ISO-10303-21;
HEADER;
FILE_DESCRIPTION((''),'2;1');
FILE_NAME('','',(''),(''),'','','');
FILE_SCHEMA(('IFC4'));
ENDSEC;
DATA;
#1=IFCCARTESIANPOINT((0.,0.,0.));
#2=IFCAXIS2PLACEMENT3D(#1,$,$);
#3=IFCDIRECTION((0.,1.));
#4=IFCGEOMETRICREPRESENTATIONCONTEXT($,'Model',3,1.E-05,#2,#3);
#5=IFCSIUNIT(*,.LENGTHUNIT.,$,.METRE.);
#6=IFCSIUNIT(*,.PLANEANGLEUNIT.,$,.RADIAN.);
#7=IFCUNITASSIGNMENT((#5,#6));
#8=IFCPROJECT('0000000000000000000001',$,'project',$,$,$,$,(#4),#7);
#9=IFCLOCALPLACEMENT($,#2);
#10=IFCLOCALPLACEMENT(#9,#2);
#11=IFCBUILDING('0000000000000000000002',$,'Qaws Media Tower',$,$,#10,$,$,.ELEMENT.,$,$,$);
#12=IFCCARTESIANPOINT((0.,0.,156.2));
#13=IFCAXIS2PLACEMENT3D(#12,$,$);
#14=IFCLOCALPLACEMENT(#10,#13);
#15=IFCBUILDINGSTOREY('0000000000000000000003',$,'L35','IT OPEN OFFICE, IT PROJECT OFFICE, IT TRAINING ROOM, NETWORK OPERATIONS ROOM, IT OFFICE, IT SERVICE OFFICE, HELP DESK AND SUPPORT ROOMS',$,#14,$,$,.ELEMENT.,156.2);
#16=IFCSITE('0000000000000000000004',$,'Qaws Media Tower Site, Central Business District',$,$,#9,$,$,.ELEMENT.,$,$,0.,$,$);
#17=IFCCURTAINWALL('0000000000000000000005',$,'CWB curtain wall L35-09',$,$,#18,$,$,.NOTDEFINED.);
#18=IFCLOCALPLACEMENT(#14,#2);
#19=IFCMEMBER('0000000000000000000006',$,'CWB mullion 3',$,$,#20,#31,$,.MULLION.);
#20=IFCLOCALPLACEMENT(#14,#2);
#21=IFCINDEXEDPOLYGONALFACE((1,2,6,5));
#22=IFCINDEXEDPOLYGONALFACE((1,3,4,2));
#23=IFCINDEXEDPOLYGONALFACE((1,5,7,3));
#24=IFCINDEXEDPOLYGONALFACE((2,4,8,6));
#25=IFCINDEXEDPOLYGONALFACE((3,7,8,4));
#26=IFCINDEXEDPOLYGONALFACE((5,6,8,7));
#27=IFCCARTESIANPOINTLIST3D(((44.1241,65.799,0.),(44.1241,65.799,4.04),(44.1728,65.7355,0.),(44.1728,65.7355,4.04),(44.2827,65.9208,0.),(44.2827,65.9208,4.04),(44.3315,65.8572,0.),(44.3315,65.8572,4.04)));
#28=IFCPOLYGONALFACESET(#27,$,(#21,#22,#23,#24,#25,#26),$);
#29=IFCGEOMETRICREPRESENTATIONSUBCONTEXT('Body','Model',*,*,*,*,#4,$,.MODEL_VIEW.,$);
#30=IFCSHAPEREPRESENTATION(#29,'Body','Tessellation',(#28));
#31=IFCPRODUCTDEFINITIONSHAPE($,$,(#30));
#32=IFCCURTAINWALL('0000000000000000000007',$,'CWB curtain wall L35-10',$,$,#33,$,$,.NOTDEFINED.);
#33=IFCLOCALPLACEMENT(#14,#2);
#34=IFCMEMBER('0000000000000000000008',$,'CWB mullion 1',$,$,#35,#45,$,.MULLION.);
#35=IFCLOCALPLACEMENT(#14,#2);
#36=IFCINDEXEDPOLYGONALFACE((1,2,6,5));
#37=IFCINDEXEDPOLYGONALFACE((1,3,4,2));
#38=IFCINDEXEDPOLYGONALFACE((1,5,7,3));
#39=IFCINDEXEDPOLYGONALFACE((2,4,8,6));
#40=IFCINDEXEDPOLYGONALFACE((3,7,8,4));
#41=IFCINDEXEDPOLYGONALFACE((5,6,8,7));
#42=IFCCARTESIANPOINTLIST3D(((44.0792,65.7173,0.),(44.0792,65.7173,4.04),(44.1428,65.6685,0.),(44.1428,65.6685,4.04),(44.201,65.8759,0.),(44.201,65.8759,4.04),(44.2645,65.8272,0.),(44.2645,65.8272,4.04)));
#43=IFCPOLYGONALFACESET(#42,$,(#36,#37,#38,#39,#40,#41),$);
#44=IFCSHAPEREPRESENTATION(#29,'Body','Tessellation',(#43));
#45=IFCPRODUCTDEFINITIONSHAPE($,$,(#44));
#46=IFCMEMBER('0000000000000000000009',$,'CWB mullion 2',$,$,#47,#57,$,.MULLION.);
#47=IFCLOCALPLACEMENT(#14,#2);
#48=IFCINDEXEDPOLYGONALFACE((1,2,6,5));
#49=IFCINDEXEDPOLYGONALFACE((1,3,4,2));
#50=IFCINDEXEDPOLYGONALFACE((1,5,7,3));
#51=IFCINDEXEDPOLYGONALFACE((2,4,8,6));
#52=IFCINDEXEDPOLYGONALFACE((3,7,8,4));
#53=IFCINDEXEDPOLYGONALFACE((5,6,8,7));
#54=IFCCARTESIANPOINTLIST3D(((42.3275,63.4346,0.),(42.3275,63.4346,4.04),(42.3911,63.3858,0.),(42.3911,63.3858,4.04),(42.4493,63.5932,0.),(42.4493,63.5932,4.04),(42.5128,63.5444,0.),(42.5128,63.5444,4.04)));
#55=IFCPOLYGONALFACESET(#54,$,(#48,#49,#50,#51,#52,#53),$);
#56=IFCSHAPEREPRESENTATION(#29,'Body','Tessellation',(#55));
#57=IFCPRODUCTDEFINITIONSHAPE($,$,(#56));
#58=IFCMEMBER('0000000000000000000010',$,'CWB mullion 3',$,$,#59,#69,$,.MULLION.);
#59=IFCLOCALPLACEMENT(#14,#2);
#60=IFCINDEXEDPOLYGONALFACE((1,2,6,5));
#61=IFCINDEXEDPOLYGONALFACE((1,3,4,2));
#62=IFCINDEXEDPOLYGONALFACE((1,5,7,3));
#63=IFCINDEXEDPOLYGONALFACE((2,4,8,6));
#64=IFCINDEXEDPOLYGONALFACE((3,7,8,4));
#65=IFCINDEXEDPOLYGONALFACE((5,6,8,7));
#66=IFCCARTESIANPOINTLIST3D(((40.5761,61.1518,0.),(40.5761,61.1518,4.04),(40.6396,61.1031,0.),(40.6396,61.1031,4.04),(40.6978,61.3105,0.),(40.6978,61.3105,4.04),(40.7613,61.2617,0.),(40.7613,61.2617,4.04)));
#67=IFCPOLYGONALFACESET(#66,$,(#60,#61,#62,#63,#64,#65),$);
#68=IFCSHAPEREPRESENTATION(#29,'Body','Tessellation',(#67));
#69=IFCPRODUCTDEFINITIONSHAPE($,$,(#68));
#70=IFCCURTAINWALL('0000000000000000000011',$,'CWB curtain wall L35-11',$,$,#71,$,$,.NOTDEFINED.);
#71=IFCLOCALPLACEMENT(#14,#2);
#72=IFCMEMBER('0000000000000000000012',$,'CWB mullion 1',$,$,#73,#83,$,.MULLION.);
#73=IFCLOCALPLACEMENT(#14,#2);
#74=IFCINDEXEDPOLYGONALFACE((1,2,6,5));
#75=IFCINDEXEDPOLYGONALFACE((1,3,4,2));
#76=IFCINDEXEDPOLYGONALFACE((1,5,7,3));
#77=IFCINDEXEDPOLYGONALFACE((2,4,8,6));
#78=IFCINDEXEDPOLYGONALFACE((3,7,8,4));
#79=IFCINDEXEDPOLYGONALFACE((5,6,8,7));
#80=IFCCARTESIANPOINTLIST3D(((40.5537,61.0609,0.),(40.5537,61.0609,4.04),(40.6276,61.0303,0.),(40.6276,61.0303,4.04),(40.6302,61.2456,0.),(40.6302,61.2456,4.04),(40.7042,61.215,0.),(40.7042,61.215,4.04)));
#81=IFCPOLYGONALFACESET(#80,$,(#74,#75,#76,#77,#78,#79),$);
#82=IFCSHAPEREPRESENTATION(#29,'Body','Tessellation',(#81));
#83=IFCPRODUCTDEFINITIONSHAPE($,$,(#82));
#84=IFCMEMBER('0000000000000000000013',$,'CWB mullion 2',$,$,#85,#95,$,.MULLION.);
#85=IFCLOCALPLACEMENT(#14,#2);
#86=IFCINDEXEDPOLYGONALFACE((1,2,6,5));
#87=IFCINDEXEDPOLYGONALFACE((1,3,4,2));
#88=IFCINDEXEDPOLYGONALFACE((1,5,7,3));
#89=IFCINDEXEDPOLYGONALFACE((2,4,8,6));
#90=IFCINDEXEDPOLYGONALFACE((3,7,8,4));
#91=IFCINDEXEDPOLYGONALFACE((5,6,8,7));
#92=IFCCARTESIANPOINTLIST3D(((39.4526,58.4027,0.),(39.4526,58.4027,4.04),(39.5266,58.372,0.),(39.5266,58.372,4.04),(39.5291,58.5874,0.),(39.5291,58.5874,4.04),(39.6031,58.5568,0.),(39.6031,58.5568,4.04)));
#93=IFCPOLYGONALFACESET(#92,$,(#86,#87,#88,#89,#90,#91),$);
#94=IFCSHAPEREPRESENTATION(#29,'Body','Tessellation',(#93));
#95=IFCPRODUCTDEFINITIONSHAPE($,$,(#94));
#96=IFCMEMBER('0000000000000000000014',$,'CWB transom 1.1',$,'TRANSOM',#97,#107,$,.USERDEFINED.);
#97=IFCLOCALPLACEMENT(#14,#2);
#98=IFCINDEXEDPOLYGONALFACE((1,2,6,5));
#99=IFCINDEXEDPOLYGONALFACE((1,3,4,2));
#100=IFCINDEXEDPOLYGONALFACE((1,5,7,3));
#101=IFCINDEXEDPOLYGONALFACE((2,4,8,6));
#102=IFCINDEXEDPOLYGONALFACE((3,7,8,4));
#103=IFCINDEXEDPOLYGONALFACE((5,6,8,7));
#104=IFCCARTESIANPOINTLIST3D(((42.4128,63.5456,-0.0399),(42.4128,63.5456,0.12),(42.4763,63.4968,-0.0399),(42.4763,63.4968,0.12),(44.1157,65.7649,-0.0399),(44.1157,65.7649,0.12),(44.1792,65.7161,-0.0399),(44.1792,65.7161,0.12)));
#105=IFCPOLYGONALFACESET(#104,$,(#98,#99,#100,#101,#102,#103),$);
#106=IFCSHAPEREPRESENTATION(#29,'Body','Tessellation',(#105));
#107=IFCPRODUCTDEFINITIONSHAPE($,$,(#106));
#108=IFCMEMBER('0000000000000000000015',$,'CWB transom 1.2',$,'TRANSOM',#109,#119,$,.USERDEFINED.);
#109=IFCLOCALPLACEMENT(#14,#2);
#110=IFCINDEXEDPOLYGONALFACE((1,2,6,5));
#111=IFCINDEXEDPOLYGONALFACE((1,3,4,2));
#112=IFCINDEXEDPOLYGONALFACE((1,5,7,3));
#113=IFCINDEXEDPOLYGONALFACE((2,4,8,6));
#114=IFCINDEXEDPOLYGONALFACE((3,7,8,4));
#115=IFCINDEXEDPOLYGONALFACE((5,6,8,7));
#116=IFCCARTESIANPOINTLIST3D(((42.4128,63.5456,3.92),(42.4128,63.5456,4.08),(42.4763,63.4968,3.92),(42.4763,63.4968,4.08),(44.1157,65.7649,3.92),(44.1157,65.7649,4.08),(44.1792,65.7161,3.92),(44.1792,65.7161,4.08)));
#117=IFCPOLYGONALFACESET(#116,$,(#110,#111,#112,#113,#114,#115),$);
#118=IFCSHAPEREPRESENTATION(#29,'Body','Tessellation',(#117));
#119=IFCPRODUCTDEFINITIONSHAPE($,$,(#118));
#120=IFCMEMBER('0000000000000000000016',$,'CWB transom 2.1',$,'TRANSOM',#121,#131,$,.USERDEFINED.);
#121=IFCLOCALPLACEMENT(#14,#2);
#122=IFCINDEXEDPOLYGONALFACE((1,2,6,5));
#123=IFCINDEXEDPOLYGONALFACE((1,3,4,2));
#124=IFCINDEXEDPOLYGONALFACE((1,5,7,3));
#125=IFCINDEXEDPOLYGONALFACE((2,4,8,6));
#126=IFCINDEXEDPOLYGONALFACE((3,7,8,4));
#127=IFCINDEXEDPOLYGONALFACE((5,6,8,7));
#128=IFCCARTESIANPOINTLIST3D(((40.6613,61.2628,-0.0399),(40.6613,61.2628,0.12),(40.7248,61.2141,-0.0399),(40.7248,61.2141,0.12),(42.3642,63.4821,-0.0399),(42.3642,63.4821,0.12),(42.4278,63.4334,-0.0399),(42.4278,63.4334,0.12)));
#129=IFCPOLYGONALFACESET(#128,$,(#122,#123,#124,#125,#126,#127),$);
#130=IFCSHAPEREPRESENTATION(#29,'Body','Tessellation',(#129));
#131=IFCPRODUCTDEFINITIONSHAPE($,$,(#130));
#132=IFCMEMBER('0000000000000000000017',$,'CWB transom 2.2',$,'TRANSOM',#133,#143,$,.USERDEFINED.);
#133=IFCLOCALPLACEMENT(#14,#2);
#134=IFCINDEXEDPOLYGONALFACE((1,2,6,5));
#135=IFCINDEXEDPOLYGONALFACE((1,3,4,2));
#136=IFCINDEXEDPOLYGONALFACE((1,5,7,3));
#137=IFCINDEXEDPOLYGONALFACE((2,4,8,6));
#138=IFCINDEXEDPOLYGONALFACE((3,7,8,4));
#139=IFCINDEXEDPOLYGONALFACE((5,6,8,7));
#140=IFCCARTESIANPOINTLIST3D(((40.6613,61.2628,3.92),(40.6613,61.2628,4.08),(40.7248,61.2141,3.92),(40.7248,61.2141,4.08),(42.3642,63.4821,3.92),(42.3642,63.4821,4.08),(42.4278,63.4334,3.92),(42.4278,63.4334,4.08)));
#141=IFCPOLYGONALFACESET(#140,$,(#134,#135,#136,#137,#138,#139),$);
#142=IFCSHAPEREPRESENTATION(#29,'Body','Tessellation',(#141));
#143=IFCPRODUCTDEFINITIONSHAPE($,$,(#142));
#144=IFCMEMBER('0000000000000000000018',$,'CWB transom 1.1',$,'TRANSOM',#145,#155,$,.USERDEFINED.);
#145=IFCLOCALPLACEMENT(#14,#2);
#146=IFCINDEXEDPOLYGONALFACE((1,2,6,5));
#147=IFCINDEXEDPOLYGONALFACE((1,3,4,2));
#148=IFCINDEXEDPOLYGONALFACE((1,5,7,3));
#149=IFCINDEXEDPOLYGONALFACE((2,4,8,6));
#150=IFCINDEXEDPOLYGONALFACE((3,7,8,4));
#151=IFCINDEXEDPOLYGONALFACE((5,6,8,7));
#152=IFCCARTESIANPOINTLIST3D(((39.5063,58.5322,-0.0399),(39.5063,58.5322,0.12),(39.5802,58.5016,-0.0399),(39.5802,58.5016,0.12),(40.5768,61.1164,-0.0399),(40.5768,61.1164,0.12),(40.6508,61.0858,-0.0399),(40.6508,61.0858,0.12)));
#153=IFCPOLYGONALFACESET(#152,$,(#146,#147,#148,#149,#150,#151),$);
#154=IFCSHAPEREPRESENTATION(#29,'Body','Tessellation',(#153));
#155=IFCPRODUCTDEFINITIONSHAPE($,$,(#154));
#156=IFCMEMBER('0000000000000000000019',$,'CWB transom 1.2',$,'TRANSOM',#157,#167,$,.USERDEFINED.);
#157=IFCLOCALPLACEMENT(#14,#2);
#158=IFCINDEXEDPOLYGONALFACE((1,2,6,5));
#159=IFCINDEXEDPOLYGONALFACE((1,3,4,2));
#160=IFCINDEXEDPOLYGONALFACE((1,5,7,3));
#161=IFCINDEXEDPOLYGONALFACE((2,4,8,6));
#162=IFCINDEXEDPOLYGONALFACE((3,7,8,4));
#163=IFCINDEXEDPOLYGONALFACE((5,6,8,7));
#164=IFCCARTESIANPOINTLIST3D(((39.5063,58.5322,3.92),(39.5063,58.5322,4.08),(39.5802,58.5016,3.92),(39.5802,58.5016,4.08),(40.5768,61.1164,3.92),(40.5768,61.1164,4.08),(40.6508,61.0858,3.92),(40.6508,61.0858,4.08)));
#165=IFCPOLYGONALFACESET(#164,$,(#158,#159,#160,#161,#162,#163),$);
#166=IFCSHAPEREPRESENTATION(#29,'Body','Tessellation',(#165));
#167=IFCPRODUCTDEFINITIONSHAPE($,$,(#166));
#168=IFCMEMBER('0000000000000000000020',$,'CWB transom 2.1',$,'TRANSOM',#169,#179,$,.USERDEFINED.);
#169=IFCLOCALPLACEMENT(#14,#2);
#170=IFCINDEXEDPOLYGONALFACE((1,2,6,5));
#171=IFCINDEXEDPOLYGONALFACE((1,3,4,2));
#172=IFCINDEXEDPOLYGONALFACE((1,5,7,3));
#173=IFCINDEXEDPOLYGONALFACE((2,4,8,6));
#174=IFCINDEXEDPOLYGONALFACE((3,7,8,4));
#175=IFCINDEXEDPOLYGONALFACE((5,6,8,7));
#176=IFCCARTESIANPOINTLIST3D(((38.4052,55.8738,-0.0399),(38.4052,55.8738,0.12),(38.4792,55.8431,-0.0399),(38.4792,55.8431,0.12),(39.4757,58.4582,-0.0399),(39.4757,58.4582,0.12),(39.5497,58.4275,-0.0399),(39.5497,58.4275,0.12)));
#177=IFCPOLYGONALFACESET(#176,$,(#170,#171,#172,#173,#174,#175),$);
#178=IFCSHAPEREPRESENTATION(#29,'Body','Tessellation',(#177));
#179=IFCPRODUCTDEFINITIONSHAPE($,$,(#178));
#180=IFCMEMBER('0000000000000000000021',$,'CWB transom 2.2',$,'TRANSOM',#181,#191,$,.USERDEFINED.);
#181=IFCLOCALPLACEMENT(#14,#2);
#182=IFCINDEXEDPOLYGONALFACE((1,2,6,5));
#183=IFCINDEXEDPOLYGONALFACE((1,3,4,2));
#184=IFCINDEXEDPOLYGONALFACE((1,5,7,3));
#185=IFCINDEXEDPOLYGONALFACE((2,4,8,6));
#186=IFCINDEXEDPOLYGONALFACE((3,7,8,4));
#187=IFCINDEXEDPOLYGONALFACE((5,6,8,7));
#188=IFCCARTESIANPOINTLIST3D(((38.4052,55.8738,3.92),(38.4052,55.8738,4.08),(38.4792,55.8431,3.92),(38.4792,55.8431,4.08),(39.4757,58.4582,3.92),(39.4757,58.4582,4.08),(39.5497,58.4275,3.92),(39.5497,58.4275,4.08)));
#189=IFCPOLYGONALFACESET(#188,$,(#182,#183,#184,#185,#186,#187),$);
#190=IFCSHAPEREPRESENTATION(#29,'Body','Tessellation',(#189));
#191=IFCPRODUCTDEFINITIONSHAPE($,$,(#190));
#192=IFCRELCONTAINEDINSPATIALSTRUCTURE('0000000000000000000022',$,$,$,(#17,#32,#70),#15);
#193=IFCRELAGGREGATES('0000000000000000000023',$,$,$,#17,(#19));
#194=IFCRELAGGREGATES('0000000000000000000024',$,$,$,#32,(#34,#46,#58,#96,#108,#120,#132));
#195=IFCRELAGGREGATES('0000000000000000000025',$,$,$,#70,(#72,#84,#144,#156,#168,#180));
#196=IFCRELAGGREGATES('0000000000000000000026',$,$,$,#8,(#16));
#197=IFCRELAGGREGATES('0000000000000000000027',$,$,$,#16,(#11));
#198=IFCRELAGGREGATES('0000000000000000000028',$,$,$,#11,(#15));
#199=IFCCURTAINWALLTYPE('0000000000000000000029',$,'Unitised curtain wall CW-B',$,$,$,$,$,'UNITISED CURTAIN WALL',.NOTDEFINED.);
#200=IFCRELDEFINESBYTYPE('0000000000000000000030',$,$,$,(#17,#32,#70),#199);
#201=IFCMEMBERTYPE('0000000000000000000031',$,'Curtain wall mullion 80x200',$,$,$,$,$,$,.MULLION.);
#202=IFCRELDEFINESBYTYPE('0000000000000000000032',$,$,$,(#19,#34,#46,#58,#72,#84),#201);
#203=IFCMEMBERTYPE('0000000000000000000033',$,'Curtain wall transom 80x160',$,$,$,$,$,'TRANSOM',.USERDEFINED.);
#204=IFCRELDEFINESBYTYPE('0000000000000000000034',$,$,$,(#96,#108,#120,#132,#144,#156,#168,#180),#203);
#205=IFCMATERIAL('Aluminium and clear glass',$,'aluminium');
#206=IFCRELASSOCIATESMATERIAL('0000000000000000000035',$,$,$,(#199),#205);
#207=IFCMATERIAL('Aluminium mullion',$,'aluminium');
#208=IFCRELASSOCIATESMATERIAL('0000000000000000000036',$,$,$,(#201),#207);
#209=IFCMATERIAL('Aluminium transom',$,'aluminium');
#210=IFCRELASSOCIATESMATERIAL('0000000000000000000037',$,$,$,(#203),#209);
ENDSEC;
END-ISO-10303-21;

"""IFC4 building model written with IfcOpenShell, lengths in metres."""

from ifc_helpers import new_model, si_unit, direction, frame, origin, origin_2d, place, context, subcontext, project, spatial, rectangle, extrude, material, material_profile, profile_set, type_object, element, aggregate, save


model = new_model("IFC4")

# Units and contexts
model_context = context("Model", 3, precision=1e-05, world=origin(), true_north=direction((0.0, 1.0)))
body_context = subcontext(model_context, "Body", "Model", "MODEL_VIEW")
ifc_project = project(units=[si_unit("LENGTHUNIT", "METRE"), si_unit("PLANEANGLEUNIT", "RADIAN")], contexts=[model_context])

# Site, building, storey
site_placement = place(None, origin())
site = spatial("IfcSite", under=ifc_project, at=site_placement, Name="Qaws Media Tower Site, Central Business District", CompositionType="ELEMENT", RefElevation=0.0)
building_placement = place(site_placement, origin())
building = spatial("IfcBuilding", under=site, at=building_placement, Name="Qaws Media Tower", CompositionType="ELEMENT")
storey_placement = place(building_placement, frame((0.0, 0.0, 156.2)))
storey = spatial("IfcBuildingStorey", under=building, at=storey_placement, Name="L35", Description="IT OPEN OFFICE, IT PROJECT OFFICE, IT TRAINING ROOM, NETWORK OPERATIONS ROOM, IT OFFICE, IT SERVICE OFFICE, HELP DESK AND SUPPORT ROOMS", CompositionType="ELEMENT", Elevation=156.2)

# Curtain wall, member
ifc_material_1 = material(Name="Aluminium and clear glass", Category="aluminium")
curtain_wall_type = type_object("IfcCurtainWallType", Name="Unitised curtain wall CW-B", ElementType="UNITISED CURTAIN WALL", PredefinedType="NOTDEFINED", material=ifc_material_1)
curtain_wall_1_placement = place(storey_placement, origin())
curtain_wall_1 = element("IfcCurtainWall", 1, at=curtain_wall_1_placement, inside=storey, type_object=curtain_wall_type, Name="CWB curtain wall L35-09", PredefinedType="NOTDEFINED")
ifc_material_2 = material(Name="Aluminium mullion", Category="aluminium")
ifc_material_profile_1 = material_profile(ifc_material_2, rectangle(XDim=0.0801, YDim=0.2, at=origin_2d()), Name="80x200")
ifc_profile_set_1 = profile_set([ifc_material_profile_1], Name="Aluminium mullion")
member_type_1 = type_object("IfcMemberType", Name="Curtain wall mullion 80x200", PredefinedType="MULLION", material=ifc_profile_set_1)
member_1_placement = place(storey_placement, frame((44.2278, 65.8281, 0.0), z_axis=(0.0, 0.0, 1.0), x_axis=(0.608761, -0.793353, 0.0)))
member_1 = element("IfcMember", 2, at=member_1_placement, type_object=member_type_1, Name="CWB mullion 3", PredefinedType="MULLION", context=body_context, shape_type="SweptSolid", body=[
    extrude(rectangle(XDim=0.0801, YDim=0.2, at=origin_2d()), origin(), (0.0, 0.0, 1.0), 4.04),
])

# Curtain walls, members
curtain_wall_2_placement = place(storey_placement, origin())
curtain_wall_2 = element("IfcCurtainWall", 3, at=curtain_wall_2_placement, inside=storey, type_object=curtain_wall_type, Name="CWB curtain wall L35-10", PredefinedType="NOTDEFINED")
member_2_placement = place(storey_placement, frame((44.1719, 65.7722, 0.0), z_axis=(0.0, 0.0, 1.0), x_axis=(0.793353, -0.608761, 0.0)))
member_2 = element("IfcMember", 4, at=member_2_placement, type_object=member_type_1, Name="CWB mullion 1", PredefinedType="MULLION", context=body_context, shape_type="SweptSolid", body=[
    extrude(rectangle(XDim=0.0801, YDim=0.2, at=origin_2d()), origin(), (0.0, 0.0, 1.0), 4.04),
])
member_3_placement = place(storey_placement, frame((42.4202, 63.4895, 0.0), z_axis=(0.0, 0.0, 1.0), x_axis=(0.793353, -0.608761, 0.0)))
member_3 = element("IfcMember", 5, at=member_3_placement, type_object=member_type_1, Name="CWB mullion 2", PredefinedType="MULLION", context=body_context, shape_type="SweptSolid", body=[
    extrude(rectangle(XDim=0.0801, YDim=0.2, at=origin_2d()), origin(), (0.0, 0.0, 1.0), 4.04),
])
member_4_placement = place(storey_placement, frame((40.6687, 61.2068, 0.0), z_axis=(0.0, 0.0, 1.0), x_axis=(0.793353, -0.608761, 0.0)))
member_4 = element("IfcMember", 6, at=member_4_placement, type_object=member_type_1, Name="CWB mullion 3", PredefinedType="MULLION", context=body_context, shape_type="SweptSolid", body=[
    extrude(rectangle(XDim=0.0801, YDim=0.2, at=origin_2d()), origin(), (0.0, 0.0, 1.0), 4.04),
])
curtain_wall_3_placement = place(storey_placement, origin())
curtain_wall_3 = element("IfcCurtainWall", 7, at=curtain_wall_3_placement, inside=storey, type_object=curtain_wall_type, Name="CWB curtain wall L35-11", PredefinedType="NOTDEFINED")
member_5_placement = place(storey_placement, frame((40.6289, 61.1379, 0.0), z_axis=(0.0, 0.0, 1.0), x_axis=(0.92388, -0.382683, 0.0)))
member_5 = element("IfcMember", 8, at=member_5_placement, type_object=member_type_1, Name="CWB mullion 1", PredefinedType="MULLION", context=body_context, shape_type="SweptSolid", body=[
    extrude(rectangle(XDim=0.0801, YDim=0.2, at=origin_2d()), origin(), (0.0, 0.0, 1.0), 4.04),
])
member_6_placement = place(storey_placement, frame((39.5278, 58.4797, 0.0), z_axis=(0.0, 0.0, 1.0), x_axis=(0.92388, -0.382683, 0.0)))
member_6 = element("IfcMember", 9, at=member_6_placement, type_object=member_type_1, Name="CWB mullion 2", PredefinedType="MULLION", context=body_context, shape_type="SweptSolid", body=[
    extrude(rectangle(XDim=0.0801, YDim=0.2, at=origin_2d()), origin(), (0.0, 0.0, 1.0), 4.04),
])

# Members
ifc_material_3 = material(Name="Aluminium transom", Category="aluminium")
ifc_material_profile_2 = material_profile(ifc_material_3, rectangle(XDim=0.0801, YDim=0.1599, at=origin_2d()), Name="80x160")
ifc_profile_set_2 = profile_set([ifc_material_profile_2], Name="Aluminium transom")
member_type_2 = type_object("IfcMemberType", Name="Curtain wall transom 80x160", ElementType="TRANSOM", PredefinedType="USERDEFINED", material=ifc_profile_set_2)
member_7_placement = place(storey_placement, frame((44.1475, 65.7405, 0.04), z_axis=(-0.608761, -0.793353, 0.0), x_axis=(0.793353, -0.608761, 0.0)))
member_7 = element("IfcMember", 10, at=member_7_placement, type_object=member_type_2, Name="CWB transom 1.1", ObjectType="TRANSOM", PredefinedType="USERDEFINED", context=body_context, shape_type="SweptSolid", body=[
    extrude(rectangle(XDim=0.0801, YDim=0.1599, at=origin_2d()), origin(), (0.0, 0.0, 1.0), 2.7974),
])
member_8_placement = place(storey_placement, frame((44.1475, 65.7405, 4.0), z_axis=(-0.608761, -0.793353, 0.0), x_axis=(0.793353, -0.608761, 0.0)))
member_8 = element("IfcMember", 11, at=member_8_placement, type_object=member_type_2, Name="CWB transom 1.2", ObjectType="TRANSOM", PredefinedType="USERDEFINED", context=body_context, shape_type="SweptSolid", body=[
    extrude(rectangle(XDim=0.0801, YDim=0.1599, at=origin_2d()), origin(), (0.0, 0.0, 1.0), 2.7974),
])
member_9_placement = place(storey_placement, frame((42.396, 63.4578, 0.04), z_axis=(-0.608761, -0.793353, 0.0), x_axis=(0.793353, -0.608761, 0.0)))
member_9 = element("IfcMember", 12, at=member_9_placement, type_object=member_type_2, Name="CWB transom 2.1", ObjectType="TRANSOM", PredefinedType="USERDEFINED", context=body_context, shape_type="SweptSolid", body=[
    extrude(rectangle(XDim=0.0801, YDim=0.1599, at=origin_2d()), origin(), (0.0, 0.0, 1.0), 2.7974),
])
member_10_placement = place(storey_placement, frame((42.396, 63.4578, 4.0), z_axis=(-0.608761, -0.793353, 0.0), x_axis=(0.793353, -0.608761, 0.0)))
member_10 = element("IfcMember", 13, at=member_10_placement, type_object=member_type_2, Name="CWB transom 2.2", ObjectType="TRANSOM", PredefinedType="USERDEFINED", context=body_context, shape_type="SweptSolid", body=[
    extrude(rectangle(XDim=0.0801, YDim=0.1599, at=origin_2d()), origin(), (0.0, 0.0, 1.0), 2.7974),
])
member_11_placement = place(storey_placement, frame((40.6138, 61.1011, 0.04), z_axis=(-0.382724, -0.923863, 0.0), x_axis=(0.923863, -0.382724, 0.0)))
member_11 = element("IfcMember", 14, at=member_11_placement, type_object=member_type_2, Name="CWB transom 1.1", ObjectType="TRANSOM", PredefinedType="USERDEFINED", context=body_context, shape_type="SweptSolid", body=[
    extrude(rectangle(XDim=0.0801, YDim=0.1599, at=origin_2d()), origin(), (0.0, 0.0, 1.0), 2.7971),
])
member_12_placement = place(storey_placement, frame((40.6138, 61.1011, 4.0), z_axis=(-0.382724, -0.923863, 0.0), x_axis=(0.923863, -0.382724, 0.0)))
member_12 = element("IfcMember", 15, at=member_12_placement, type_object=member_type_2, Name="CWB transom 1.2", ObjectType="TRANSOM", PredefinedType="USERDEFINED", context=body_context, shape_type="SweptSolid", body=[
    extrude(rectangle(XDim=0.0801, YDim=0.1599, at=origin_2d()), origin(), (0.0, 0.0, 1.0), 2.7971),
])
member_13_placement = place(storey_placement, frame((39.5127, 58.4429, 0.04), z_axis=(-0.382694, -0.923875, 0.0), x_axis=(0.923875, -0.382694, 0.0)))
member_13 = element("IfcMember", 16, at=member_13_placement, type_object=member_type_2, Name="CWB transom 2.1", ObjectType="TRANSOM", PredefinedType="USERDEFINED", context=body_context, shape_type="SweptSolid", body=[
    extrude(rectangle(XDim=0.0801, YDim=0.1599, at=origin_2d()), origin(), (0.0, 0.0, 1.0), 2.7974),
])
member_14_placement = place(storey_placement, frame((39.5127, 58.4429, 4.0), z_axis=(-0.382694, -0.923875, 0.0), x_axis=(0.923875, -0.382694, 0.0)))
member_14 = element("IfcMember", 17, at=member_14_placement, type_object=member_type_2, Name="CWB transom 2.2", ObjectType="TRANSOM", PredefinedType="USERDEFINED", context=body_context, shape_type="SweptSolid", body=[
    extrude(rectangle(XDim=0.0801, YDim=0.1599, at=origin_2d()), origin(), (0.0, 0.0, 1.0), 2.7974),
])

aggregate(curtain_wall_1, [member_1])
aggregate(curtain_wall_2, [member_2, member_3, member_4, member_7, member_8, member_9, member_10])
aggregate(curtain_wall_3, [member_5, member_6, member_11, member_12, member_13, member_14])

save(model, "model.ifc")
